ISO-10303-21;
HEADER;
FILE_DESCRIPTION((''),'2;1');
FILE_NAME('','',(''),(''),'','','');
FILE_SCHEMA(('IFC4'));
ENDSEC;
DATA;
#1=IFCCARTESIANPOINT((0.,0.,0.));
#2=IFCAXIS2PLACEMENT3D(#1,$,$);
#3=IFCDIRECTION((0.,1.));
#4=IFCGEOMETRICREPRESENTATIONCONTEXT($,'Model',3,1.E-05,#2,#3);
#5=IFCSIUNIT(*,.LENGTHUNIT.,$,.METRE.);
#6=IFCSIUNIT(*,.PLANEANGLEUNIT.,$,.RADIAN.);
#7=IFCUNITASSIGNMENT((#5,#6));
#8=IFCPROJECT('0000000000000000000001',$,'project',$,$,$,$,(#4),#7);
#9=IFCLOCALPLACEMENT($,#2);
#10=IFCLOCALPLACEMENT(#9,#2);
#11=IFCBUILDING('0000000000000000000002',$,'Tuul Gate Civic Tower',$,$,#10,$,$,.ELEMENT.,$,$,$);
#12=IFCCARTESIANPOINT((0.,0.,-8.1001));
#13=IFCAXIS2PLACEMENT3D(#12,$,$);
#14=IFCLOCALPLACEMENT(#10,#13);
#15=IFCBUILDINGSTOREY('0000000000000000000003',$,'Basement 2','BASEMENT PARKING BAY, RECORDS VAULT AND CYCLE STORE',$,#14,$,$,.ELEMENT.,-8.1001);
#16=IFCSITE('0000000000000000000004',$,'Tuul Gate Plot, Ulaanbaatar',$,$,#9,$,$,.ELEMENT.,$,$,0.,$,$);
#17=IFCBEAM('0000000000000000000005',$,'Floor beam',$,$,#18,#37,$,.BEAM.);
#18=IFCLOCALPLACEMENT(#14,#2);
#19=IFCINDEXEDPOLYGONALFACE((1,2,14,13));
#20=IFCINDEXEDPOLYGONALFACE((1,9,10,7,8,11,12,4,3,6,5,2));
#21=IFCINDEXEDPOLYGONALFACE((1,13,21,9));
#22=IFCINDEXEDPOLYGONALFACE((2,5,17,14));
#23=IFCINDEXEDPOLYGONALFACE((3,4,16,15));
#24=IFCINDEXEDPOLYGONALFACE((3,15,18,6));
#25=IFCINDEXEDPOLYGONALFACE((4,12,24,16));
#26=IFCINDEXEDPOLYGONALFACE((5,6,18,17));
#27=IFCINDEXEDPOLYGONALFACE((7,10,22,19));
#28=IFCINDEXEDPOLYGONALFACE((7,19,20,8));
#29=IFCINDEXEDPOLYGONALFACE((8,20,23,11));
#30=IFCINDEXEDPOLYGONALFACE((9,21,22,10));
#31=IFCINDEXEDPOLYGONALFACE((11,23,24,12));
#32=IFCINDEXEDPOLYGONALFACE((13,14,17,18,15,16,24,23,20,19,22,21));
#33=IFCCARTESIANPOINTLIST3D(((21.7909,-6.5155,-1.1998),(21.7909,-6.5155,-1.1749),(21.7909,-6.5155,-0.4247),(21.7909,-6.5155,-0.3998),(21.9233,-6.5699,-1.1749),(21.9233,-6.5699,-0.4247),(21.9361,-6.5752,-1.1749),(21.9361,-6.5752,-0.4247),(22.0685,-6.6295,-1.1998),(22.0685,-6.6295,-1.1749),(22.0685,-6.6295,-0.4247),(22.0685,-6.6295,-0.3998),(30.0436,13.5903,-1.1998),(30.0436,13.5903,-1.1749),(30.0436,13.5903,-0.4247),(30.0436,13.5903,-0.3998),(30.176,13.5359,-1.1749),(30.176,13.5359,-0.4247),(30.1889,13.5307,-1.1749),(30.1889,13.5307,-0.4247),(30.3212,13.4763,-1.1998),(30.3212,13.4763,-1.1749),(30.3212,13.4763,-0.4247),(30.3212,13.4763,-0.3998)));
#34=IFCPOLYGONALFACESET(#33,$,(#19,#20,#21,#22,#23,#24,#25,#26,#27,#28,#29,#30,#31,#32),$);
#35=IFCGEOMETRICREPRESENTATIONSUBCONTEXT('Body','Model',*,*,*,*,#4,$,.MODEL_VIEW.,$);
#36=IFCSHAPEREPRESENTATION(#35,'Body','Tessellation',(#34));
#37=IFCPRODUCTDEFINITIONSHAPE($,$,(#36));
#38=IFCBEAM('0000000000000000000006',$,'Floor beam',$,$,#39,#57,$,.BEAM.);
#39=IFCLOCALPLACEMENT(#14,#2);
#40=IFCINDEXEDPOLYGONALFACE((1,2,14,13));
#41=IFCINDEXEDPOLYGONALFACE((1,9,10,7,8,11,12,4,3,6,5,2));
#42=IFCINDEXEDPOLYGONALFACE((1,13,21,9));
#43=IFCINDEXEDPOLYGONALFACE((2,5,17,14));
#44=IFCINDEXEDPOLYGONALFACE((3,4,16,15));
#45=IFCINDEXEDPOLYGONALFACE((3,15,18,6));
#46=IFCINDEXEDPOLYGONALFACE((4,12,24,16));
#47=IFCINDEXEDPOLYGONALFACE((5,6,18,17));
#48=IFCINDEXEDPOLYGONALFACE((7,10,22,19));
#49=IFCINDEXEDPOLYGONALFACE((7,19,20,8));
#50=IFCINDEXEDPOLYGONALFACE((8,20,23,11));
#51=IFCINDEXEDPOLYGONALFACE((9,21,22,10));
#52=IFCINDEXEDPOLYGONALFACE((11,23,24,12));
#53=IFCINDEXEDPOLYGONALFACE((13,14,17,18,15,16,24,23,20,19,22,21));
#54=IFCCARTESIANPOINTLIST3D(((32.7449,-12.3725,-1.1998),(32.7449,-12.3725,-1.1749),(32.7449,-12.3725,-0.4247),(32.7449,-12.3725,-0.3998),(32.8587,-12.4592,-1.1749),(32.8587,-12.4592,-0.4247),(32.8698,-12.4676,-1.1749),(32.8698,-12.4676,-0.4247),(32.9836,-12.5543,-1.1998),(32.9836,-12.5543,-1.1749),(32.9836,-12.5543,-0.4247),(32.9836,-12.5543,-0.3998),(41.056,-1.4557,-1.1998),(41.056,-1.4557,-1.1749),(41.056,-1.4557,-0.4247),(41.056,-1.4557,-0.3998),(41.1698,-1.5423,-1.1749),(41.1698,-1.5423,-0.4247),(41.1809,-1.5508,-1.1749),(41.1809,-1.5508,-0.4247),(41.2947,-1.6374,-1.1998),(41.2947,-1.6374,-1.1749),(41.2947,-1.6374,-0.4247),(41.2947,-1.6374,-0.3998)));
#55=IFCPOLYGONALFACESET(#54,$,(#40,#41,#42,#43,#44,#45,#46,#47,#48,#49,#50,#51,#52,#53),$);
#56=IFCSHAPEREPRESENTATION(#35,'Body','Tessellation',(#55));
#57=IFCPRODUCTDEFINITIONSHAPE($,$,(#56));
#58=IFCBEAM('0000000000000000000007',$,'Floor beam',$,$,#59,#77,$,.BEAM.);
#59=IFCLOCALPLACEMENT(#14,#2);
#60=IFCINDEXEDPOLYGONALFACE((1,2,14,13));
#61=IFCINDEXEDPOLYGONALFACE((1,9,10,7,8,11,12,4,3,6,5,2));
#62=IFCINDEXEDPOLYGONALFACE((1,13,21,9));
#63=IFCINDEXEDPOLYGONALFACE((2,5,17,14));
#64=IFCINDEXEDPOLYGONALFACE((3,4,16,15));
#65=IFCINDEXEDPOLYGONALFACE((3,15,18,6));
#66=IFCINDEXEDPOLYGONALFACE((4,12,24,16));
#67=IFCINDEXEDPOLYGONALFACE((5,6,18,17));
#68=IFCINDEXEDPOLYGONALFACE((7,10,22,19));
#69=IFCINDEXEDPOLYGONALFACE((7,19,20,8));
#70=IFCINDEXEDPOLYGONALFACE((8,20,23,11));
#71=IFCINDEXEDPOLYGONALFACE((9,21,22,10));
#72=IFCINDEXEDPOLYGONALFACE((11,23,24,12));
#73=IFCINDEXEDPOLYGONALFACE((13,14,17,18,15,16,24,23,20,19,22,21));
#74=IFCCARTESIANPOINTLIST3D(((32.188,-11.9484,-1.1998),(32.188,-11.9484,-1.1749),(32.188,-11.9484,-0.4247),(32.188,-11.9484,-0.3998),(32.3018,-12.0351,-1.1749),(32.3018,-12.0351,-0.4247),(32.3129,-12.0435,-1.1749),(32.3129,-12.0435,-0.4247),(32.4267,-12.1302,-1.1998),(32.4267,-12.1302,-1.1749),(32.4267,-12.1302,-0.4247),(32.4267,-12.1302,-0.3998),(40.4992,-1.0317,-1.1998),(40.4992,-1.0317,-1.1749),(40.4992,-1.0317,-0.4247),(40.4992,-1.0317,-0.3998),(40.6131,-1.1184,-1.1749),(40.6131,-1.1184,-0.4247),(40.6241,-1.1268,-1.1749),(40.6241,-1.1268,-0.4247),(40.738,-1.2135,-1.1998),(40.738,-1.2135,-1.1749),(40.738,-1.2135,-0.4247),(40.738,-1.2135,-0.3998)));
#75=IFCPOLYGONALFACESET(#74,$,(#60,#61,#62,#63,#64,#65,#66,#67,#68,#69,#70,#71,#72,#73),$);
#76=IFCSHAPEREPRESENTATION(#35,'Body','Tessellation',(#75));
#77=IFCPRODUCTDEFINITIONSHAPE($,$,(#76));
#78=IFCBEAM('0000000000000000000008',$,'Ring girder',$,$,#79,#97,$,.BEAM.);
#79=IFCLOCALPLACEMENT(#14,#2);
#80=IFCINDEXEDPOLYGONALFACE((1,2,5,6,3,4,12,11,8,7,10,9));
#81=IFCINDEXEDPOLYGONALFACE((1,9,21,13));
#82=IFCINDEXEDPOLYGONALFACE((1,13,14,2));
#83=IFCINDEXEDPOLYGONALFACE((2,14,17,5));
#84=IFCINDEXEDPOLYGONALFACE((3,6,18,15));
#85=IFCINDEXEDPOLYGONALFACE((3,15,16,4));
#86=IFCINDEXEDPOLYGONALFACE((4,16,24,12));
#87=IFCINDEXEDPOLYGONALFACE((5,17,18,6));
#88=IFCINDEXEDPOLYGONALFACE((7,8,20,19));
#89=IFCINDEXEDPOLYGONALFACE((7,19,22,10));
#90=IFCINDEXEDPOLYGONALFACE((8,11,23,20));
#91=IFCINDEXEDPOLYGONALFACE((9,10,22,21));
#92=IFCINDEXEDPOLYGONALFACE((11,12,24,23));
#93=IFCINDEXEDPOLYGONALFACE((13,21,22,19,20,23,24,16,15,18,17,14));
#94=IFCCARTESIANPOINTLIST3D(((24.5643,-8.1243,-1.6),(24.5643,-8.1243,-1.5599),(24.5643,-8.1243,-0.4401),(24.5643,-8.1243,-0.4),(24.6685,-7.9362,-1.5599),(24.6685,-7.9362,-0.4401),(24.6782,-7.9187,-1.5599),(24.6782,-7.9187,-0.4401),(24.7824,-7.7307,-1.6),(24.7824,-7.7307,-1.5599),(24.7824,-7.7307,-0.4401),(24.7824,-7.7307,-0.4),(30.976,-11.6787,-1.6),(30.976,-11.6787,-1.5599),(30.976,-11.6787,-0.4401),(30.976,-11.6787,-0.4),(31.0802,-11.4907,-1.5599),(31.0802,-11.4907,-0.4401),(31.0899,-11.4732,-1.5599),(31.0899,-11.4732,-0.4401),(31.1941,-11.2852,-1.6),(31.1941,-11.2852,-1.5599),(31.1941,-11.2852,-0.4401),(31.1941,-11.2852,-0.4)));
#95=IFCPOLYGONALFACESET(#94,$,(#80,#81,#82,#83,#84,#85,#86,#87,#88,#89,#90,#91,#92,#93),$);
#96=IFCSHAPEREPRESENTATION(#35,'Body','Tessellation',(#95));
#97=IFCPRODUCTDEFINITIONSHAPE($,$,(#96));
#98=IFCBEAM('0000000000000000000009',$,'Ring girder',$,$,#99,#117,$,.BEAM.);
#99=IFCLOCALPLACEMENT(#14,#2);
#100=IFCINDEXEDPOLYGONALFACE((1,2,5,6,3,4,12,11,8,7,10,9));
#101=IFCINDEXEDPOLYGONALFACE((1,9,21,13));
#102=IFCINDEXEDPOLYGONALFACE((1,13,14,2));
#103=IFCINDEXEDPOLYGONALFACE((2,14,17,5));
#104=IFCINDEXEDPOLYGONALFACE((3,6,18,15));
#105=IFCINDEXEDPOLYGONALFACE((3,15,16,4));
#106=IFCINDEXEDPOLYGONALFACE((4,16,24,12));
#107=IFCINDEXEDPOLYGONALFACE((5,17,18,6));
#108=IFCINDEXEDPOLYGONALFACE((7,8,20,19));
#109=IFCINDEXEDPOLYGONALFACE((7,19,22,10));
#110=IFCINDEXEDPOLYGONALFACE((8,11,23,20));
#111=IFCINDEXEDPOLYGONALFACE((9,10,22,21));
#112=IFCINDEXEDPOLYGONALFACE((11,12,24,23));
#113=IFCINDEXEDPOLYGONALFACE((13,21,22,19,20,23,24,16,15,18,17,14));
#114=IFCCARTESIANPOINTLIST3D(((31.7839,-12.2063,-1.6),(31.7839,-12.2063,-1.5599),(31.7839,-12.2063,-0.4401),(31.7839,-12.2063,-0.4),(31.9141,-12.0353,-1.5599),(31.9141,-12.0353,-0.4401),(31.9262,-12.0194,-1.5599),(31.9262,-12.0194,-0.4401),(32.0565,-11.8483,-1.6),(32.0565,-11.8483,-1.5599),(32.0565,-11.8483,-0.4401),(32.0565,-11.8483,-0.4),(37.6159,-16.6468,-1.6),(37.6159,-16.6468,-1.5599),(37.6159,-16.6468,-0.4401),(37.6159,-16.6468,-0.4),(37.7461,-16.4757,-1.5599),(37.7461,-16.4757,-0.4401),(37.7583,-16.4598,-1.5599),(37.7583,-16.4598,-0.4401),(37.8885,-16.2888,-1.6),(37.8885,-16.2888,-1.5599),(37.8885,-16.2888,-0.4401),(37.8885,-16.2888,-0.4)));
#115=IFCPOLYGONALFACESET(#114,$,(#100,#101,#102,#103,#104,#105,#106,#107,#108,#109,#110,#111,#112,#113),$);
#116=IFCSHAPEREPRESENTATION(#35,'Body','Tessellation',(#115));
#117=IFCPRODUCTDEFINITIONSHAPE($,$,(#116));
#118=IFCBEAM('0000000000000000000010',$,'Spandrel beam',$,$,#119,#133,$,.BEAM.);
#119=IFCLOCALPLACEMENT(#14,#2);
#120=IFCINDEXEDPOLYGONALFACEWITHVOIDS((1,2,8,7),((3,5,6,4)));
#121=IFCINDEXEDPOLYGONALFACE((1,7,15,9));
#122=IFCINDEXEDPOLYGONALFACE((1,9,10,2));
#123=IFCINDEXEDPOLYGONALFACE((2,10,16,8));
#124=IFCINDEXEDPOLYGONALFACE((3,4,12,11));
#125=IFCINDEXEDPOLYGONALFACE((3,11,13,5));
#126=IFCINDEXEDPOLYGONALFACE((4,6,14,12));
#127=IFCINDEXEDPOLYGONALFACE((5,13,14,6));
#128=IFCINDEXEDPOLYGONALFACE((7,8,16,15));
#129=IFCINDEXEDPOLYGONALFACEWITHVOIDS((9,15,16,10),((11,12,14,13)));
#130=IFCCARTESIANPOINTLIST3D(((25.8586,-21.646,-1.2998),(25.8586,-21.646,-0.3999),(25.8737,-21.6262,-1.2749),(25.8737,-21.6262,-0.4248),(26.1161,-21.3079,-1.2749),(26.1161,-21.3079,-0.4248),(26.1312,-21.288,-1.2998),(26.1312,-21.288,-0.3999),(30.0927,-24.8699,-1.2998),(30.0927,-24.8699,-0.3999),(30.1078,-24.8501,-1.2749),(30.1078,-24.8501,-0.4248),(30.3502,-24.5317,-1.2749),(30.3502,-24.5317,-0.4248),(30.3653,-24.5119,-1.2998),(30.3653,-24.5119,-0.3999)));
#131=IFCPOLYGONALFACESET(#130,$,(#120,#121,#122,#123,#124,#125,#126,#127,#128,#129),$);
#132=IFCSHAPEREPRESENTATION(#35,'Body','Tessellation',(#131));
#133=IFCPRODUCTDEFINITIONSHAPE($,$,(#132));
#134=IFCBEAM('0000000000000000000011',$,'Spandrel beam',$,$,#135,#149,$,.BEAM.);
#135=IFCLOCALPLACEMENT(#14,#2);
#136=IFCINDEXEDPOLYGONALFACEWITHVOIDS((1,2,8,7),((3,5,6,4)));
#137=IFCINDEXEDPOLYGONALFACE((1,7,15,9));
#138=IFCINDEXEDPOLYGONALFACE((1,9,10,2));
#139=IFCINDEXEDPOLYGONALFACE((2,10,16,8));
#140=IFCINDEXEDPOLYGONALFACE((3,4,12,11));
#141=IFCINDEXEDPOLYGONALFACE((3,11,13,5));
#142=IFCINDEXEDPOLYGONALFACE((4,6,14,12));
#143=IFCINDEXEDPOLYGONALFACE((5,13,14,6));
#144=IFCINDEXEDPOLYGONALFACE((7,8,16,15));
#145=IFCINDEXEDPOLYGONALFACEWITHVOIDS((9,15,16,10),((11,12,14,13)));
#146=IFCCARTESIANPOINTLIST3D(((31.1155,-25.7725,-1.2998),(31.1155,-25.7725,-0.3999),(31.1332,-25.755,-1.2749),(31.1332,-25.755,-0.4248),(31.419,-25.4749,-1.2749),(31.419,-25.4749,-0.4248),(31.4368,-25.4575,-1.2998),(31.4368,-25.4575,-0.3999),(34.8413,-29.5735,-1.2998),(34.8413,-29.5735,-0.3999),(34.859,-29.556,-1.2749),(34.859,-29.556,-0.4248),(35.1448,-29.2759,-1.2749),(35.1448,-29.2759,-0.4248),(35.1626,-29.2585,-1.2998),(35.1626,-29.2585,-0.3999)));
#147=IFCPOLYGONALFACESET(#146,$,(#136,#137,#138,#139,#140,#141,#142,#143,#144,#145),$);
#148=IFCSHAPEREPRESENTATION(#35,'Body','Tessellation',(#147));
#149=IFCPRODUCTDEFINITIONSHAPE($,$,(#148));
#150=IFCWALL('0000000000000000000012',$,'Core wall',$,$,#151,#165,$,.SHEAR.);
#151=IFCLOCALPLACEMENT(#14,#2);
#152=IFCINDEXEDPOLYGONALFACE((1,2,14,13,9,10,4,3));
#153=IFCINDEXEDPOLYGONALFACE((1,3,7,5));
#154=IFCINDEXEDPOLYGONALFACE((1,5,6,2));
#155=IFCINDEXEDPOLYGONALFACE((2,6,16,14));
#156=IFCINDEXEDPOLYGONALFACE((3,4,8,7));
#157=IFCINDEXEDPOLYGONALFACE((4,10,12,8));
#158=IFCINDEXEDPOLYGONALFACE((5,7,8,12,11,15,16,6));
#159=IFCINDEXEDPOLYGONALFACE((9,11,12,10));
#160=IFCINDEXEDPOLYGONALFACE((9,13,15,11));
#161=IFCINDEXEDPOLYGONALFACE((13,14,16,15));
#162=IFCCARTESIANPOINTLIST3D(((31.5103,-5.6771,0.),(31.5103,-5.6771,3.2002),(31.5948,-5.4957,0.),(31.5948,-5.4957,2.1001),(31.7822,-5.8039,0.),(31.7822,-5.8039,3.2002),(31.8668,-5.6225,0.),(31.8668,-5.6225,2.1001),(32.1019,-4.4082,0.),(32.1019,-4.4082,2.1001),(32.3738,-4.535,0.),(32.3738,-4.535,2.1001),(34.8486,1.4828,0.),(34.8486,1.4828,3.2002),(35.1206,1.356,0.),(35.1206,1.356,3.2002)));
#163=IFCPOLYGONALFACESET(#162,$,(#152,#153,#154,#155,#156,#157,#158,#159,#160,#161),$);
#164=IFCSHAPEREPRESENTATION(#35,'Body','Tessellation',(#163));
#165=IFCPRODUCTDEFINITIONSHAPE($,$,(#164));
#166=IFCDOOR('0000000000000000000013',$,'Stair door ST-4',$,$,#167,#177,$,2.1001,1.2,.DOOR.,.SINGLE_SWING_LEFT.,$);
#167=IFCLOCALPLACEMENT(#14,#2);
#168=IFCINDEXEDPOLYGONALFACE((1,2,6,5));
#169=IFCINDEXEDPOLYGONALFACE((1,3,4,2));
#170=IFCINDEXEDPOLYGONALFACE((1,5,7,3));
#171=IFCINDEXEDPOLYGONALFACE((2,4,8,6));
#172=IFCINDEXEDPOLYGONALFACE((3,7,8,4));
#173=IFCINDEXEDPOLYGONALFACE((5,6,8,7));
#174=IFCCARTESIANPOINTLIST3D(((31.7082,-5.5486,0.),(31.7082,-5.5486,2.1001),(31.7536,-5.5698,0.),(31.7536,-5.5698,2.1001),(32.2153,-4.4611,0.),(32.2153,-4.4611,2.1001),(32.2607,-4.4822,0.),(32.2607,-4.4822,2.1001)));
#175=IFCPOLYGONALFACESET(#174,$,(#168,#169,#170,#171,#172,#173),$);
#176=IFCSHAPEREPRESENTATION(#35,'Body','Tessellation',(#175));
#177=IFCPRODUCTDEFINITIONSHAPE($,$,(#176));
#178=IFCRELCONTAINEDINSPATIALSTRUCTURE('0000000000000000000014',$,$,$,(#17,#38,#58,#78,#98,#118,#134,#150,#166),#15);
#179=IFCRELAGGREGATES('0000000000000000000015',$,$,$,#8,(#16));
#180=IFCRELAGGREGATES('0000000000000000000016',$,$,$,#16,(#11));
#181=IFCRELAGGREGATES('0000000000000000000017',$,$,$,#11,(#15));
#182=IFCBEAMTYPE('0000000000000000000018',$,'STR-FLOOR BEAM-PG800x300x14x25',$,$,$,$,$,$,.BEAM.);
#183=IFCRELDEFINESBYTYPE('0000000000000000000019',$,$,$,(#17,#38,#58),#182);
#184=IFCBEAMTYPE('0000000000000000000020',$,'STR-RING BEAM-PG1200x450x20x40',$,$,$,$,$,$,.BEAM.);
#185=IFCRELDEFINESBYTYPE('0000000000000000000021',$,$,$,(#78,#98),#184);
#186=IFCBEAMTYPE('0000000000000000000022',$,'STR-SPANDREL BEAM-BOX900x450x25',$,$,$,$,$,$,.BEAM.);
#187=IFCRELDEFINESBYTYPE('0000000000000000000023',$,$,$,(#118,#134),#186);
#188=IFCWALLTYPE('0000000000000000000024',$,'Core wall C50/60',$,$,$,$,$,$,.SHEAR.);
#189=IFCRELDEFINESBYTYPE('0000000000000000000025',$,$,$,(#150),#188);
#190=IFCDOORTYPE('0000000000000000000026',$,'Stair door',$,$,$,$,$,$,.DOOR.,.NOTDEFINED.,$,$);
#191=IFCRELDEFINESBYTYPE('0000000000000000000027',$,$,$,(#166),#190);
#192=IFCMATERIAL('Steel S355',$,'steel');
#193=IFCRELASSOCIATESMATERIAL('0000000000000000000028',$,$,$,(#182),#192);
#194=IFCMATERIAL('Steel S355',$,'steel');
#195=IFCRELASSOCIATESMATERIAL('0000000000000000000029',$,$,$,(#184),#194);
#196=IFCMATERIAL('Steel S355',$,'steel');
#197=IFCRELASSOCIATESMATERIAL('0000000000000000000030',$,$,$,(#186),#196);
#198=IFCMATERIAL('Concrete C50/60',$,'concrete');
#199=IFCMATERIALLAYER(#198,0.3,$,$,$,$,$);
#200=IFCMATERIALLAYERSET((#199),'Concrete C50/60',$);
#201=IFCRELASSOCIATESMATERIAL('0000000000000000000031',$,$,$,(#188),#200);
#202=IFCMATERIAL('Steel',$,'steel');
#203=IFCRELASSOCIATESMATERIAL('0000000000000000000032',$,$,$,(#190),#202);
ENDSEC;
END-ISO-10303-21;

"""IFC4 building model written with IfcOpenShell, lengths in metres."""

from ifc_helpers import new_model, si_unit, direction, frame, frame_2d, origin, origin_2d, place, context, subcontext, project, spatial, rectangle, hollow_rectangle, i_section, extrude, material, layer, layer_set, material_profile, profile_set, type_object, element, fill, save


model = new_model("IFC4")

# Units and contexts
model_context = context("Model", 3, precision=1e-05, world=origin(), true_north=direction((0.0, 1.0)))
body_context = subcontext(model_context, "Body", "Model", "MODEL_VIEW")
ifc_project = project(units=[si_unit("LENGTHUNIT", "METRE"), si_unit("PLANEANGLEUNIT", "RADIAN")], contexts=[model_context])

# Site, building, storey
site_placement = place(None, origin())
site = spatial("IfcSite", under=ifc_project, at=site_placement, Name="Tuul Gate Plot, Ulaanbaatar", CompositionType="ELEMENT", RefElevation=0.0)
building_placement = place(site_placement, origin())
building = spatial("IfcBuilding", under=site, at=building_placement, Name="Tuul Gate Civic Tower", CompositionType="ELEMENT")
storey_placement = place(building_placement, frame((0.0, 0.0, -8.1001)))
storey = spatial("IfcBuildingStorey", under=building, at=storey_placement, Name="Basement 2", Description="BASEMENT PARKING BAY, RECORDS VAULT AND CYCLE STORE", CompositionType="ELEMENT", Elevation=-8.1001)

# Beams
ifc_material_1 = material(Name="Steel S355", Category="steel")
ifc_material_profile_1 = material_profile(ifc_material_1, i_section(OverallWidth=0.3, OverallDepth=0.8, WebThickness=0.0139, FlangeThickness=0.0249, at=origin_2d()), Name="PG800x300x14x25")
ifc_profile_set_1 = profile_set([ifc_material_profile_1], Name="Steel S355")
beam_type_1 = type_object("IfcBeamType", Name="STR-FLOOR BEAM-PG800x300x14x25", PredefinedType="BEAM", material=ifc_profile_set_1)
beam_1_placement = place(storey_placement, frame((21.9297, -6.5725, -0.7998), z_axis=(0.379721, 0.925101, 0.0), x_axis=(-0.925101, 0.379721, 0.0)))
element("IfcBeam", 1, at=beam_1_placement, inside=storey, type_object=beam_type_1, Name="Floor beam", PredefinedType="BEAM", context=body_context, shape_type="SweptSolid", body=[
    extrude(i_section(OverallWidth=0.3, OverallDepth=0.8, WebThickness=0.0139, FlangeThickness=0.0249, at=origin_2d()), origin(), (0.0, 0.0, 1.0), 21.7336),
])
for number, where, z_axis, x_axis, name in (
    (2, (32.8643, -12.4634, -0.7998), (0.605744, 0.79566, 0.0), (-0.79566, 0.605744, 0.0), "Floor beam"),
    (3, (32.3074, -12.0393, -0.7998), (0.605755, 0.795651, 0.0), (-0.795651, 0.605755, 0.0), "Floor beam"),
):
    element("IfcBeam", number, at=place(storey_placement, frame(where, z_axis=z_axis, x_axis=x_axis)), inside=storey, type_object=beam_type_1, Name=name, PredefinedType="BEAM", context=body_context, shape_type="SweptSolid", body=[
        extrude(i_section(OverallWidth=0.3, OverallDepth=0.8, WebThickness=0.0139, FlangeThickness=0.0249, at=origin_2d()), origin(), (0.0, 0.0, 1.0), 13.7205),
    ])
ifc_material_2 = material(Name="Steel S355", Category="steel")
ifc_material_profile_2 = material_profile(ifc_material_2, i_section(OverallWidth=0.45, OverallDepth=1.2, WebThickness=0.02, FlangeThickness=0.04, at=origin_2d()), Name="PG1200x450x20x40")
ifc_profile_set_2 = profile_set([ifc_material_profile_2], Name="Steel S355")
beam_type_2 = type_object("IfcBeamType", Name="STR-RING BEAM-PG1200x450x20x40", PredefinedType="BEAM", material=ifc_profile_set_2)
beam_2_placement = place(storey_placement, frame((24.6733, -7.9275, -1.0), z_axis=(0.874595, -0.484854, 0.0), x_axis=(0.484854, 0.874595, 0.0)))
element("IfcBeam", 4, at=beam_2_placement, inside=storey, type_object=beam_type_2, Name="Ring girder", PredefinedType="BEAM", context=body_context, shape_type="SweptSolid", body=[
    extrude(i_section(OverallWidth=0.45, OverallDepth=1.2, WebThickness=0.02, FlangeThickness=0.04, at=origin_2d()), origin(), (0.0, 0.0, 1.0), 7.3311),
])
beam_3_placement = place(storey_placement, frame((31.9202, -12.0273, -1.0), z_axis=(0.79563, -0.605782, 0.0), x_axis=(0.605782, 0.79563, 0.0)))
element("IfcBeam", 5, at=beam_3_placement, inside=storey, type_object=beam_type_2, Name="Ring girder", PredefinedType="BEAM", context=body_context, shape_type="SweptSolid", body=[
    extrude(i_section(OverallWidth=0.45, OverallDepth=1.2, WebThickness=0.02, FlangeThickness=0.04, at=origin_2d()), origin(), (0.0, 0.0, 1.0), 7.3301),
])
ifc_material_3 = material(Name="Steel S355", Category="steel")
ifc_material_profile_3 = material_profile(ifc_material_3, hollow_rectangle(XDim=0.45, YDim=0.8999, WallThickness=0.0249, at=origin_2d()), Name="BOX900x450x25")
ifc_profile_set_3 = profile_set([ifc_material_profile_3], Name="Steel S355")
beam_type_3 = type_object("IfcBeamType", Name="STR-SPANDREL BEAM-BOX900x450x25", PredefinedType="BEAM", material=ifc_profile_set_3)
beam_4_placement = place(storey_placement, frame((25.9949, -21.467, -0.8499), z_axis=(0.795624, -0.60579, 0.0), x_axis=(0.60579, 0.795624, 0.0)))
element("IfcBeam", 6, at=beam_4_placement, inside=storey, type_object=beam_type_3, Name="Spandrel beam", PredefinedType="BEAM", context=body_context, shape_type="SweptSolid", body=[
    extrude(hollow_rectangle(XDim=0.45, YDim=0.8999, WallThickness=0.0249, at=origin_2d()), origin(), (0.0, 0.0, 1.0), 5.3218),
])
beam_5_placement = place(storey_placement, frame((31.2761, -25.615, -0.8499), z_axis=(0.700008, -0.714135, 0.0), x_axis=(0.714135, 0.700008, 0.0)))
element("IfcBeam", 7, at=beam_5_placement, inside=storey, type_object=beam_type_3, Name="Spandrel beam", PredefinedType="BEAM", context=body_context, shape_type="SweptSolid", body=[
    extrude(hollow_rectangle(XDim=0.45, YDim=0.8999, WallThickness=0.0249, at=origin_2d()), origin(), (0.0, 0.0, 1.0), 5.3225),
])

# Wall, opening, door
ifc_material_4 = material(Name="Concrete C50/60", Category="concrete")
ifc_layer_1 = layer(ifc_material_4, 0.3)
ifc_layer_set_1 = layer_set([ifc_layer_1], Name="Concrete C50/60")
wall_type_1 = type_object("IfcWallType", Name="Core wall C50/60", PredefinedType="SHEAR", material=ifc_layer_set_1)
wall_1_placement = place(storey_placement, frame((31.6462, -5.7405, 0.0), z_axis=(0.0, 0.0, 1.0), x_axis=(0.422583, 0.906324, 0.0)))
wall_1 = element("IfcWall", 8, at=wall_1_placement, inside=storey, type_object=wall_type_1, Name="Core wall", PredefinedType="SHEAR", context=body_context, shape_type="SweptSolid", body=[
    extrude(rectangle(XDim=7.8999, YDim=0.3, at=frame_2d((3.95, 0.0))), origin(), (0.0, 0.0, 1.0), 3.2002),
])
opening_1_placement = place(wall_1_placement, frame((0.2, 0.0, 0.0)))
opening_1 = element("IfcOpeningElement", 9, at=opening_1_placement, cuts=wall_1, PredefinedType="OPENING", context=body_context, shape_type="SweptSolid", body=[
    extrude(rectangle(XDim=1.2, YDim=2.1001, at=frame_2d((0.6001, 1.05))), frame((0.0, 0.1602, 0.0), z_axis=(0.0, -1.0, 0.0), x_axis=(1.0, 0.0, 0.0)), (0.0, 0.0, 1.0), 0.3201),
])
ifc_material_5 = material(Name="Steel", Category="steel")
door_type_1 = type_object("IfcDoorType", Name="Stair door", OperationType="NOTDEFINED", PredefinedType="DOOR", material=ifc_material_5)
door_1_placement = place(opening_1_placement, origin())
door_1 = element("IfcDoor", 10, at=door_1_placement, inside=storey, type_object=door_type_1, Name="Stair door ST-4", OperationType="SINGLE_SWING_LEFT", OverallHeight=2.1001, OverallWidth=1.2, PredefinedType="DOOR", context=body_context, shape_type="SweptSolid", body=[
    extrude(rectangle(XDim=1.2, YDim=2.1001, at=frame_2d((0.6001, 1.05))), frame((0.0, 0.0249, 0.0), z_axis=(0.0, -1.0, 0.0), x_axis=(1.0, 0.0, 0.0)), (0.0, 0.0, 1.0), 0.05),
])
fill(opening_1, door_1)

save(model, "model.ifc")
